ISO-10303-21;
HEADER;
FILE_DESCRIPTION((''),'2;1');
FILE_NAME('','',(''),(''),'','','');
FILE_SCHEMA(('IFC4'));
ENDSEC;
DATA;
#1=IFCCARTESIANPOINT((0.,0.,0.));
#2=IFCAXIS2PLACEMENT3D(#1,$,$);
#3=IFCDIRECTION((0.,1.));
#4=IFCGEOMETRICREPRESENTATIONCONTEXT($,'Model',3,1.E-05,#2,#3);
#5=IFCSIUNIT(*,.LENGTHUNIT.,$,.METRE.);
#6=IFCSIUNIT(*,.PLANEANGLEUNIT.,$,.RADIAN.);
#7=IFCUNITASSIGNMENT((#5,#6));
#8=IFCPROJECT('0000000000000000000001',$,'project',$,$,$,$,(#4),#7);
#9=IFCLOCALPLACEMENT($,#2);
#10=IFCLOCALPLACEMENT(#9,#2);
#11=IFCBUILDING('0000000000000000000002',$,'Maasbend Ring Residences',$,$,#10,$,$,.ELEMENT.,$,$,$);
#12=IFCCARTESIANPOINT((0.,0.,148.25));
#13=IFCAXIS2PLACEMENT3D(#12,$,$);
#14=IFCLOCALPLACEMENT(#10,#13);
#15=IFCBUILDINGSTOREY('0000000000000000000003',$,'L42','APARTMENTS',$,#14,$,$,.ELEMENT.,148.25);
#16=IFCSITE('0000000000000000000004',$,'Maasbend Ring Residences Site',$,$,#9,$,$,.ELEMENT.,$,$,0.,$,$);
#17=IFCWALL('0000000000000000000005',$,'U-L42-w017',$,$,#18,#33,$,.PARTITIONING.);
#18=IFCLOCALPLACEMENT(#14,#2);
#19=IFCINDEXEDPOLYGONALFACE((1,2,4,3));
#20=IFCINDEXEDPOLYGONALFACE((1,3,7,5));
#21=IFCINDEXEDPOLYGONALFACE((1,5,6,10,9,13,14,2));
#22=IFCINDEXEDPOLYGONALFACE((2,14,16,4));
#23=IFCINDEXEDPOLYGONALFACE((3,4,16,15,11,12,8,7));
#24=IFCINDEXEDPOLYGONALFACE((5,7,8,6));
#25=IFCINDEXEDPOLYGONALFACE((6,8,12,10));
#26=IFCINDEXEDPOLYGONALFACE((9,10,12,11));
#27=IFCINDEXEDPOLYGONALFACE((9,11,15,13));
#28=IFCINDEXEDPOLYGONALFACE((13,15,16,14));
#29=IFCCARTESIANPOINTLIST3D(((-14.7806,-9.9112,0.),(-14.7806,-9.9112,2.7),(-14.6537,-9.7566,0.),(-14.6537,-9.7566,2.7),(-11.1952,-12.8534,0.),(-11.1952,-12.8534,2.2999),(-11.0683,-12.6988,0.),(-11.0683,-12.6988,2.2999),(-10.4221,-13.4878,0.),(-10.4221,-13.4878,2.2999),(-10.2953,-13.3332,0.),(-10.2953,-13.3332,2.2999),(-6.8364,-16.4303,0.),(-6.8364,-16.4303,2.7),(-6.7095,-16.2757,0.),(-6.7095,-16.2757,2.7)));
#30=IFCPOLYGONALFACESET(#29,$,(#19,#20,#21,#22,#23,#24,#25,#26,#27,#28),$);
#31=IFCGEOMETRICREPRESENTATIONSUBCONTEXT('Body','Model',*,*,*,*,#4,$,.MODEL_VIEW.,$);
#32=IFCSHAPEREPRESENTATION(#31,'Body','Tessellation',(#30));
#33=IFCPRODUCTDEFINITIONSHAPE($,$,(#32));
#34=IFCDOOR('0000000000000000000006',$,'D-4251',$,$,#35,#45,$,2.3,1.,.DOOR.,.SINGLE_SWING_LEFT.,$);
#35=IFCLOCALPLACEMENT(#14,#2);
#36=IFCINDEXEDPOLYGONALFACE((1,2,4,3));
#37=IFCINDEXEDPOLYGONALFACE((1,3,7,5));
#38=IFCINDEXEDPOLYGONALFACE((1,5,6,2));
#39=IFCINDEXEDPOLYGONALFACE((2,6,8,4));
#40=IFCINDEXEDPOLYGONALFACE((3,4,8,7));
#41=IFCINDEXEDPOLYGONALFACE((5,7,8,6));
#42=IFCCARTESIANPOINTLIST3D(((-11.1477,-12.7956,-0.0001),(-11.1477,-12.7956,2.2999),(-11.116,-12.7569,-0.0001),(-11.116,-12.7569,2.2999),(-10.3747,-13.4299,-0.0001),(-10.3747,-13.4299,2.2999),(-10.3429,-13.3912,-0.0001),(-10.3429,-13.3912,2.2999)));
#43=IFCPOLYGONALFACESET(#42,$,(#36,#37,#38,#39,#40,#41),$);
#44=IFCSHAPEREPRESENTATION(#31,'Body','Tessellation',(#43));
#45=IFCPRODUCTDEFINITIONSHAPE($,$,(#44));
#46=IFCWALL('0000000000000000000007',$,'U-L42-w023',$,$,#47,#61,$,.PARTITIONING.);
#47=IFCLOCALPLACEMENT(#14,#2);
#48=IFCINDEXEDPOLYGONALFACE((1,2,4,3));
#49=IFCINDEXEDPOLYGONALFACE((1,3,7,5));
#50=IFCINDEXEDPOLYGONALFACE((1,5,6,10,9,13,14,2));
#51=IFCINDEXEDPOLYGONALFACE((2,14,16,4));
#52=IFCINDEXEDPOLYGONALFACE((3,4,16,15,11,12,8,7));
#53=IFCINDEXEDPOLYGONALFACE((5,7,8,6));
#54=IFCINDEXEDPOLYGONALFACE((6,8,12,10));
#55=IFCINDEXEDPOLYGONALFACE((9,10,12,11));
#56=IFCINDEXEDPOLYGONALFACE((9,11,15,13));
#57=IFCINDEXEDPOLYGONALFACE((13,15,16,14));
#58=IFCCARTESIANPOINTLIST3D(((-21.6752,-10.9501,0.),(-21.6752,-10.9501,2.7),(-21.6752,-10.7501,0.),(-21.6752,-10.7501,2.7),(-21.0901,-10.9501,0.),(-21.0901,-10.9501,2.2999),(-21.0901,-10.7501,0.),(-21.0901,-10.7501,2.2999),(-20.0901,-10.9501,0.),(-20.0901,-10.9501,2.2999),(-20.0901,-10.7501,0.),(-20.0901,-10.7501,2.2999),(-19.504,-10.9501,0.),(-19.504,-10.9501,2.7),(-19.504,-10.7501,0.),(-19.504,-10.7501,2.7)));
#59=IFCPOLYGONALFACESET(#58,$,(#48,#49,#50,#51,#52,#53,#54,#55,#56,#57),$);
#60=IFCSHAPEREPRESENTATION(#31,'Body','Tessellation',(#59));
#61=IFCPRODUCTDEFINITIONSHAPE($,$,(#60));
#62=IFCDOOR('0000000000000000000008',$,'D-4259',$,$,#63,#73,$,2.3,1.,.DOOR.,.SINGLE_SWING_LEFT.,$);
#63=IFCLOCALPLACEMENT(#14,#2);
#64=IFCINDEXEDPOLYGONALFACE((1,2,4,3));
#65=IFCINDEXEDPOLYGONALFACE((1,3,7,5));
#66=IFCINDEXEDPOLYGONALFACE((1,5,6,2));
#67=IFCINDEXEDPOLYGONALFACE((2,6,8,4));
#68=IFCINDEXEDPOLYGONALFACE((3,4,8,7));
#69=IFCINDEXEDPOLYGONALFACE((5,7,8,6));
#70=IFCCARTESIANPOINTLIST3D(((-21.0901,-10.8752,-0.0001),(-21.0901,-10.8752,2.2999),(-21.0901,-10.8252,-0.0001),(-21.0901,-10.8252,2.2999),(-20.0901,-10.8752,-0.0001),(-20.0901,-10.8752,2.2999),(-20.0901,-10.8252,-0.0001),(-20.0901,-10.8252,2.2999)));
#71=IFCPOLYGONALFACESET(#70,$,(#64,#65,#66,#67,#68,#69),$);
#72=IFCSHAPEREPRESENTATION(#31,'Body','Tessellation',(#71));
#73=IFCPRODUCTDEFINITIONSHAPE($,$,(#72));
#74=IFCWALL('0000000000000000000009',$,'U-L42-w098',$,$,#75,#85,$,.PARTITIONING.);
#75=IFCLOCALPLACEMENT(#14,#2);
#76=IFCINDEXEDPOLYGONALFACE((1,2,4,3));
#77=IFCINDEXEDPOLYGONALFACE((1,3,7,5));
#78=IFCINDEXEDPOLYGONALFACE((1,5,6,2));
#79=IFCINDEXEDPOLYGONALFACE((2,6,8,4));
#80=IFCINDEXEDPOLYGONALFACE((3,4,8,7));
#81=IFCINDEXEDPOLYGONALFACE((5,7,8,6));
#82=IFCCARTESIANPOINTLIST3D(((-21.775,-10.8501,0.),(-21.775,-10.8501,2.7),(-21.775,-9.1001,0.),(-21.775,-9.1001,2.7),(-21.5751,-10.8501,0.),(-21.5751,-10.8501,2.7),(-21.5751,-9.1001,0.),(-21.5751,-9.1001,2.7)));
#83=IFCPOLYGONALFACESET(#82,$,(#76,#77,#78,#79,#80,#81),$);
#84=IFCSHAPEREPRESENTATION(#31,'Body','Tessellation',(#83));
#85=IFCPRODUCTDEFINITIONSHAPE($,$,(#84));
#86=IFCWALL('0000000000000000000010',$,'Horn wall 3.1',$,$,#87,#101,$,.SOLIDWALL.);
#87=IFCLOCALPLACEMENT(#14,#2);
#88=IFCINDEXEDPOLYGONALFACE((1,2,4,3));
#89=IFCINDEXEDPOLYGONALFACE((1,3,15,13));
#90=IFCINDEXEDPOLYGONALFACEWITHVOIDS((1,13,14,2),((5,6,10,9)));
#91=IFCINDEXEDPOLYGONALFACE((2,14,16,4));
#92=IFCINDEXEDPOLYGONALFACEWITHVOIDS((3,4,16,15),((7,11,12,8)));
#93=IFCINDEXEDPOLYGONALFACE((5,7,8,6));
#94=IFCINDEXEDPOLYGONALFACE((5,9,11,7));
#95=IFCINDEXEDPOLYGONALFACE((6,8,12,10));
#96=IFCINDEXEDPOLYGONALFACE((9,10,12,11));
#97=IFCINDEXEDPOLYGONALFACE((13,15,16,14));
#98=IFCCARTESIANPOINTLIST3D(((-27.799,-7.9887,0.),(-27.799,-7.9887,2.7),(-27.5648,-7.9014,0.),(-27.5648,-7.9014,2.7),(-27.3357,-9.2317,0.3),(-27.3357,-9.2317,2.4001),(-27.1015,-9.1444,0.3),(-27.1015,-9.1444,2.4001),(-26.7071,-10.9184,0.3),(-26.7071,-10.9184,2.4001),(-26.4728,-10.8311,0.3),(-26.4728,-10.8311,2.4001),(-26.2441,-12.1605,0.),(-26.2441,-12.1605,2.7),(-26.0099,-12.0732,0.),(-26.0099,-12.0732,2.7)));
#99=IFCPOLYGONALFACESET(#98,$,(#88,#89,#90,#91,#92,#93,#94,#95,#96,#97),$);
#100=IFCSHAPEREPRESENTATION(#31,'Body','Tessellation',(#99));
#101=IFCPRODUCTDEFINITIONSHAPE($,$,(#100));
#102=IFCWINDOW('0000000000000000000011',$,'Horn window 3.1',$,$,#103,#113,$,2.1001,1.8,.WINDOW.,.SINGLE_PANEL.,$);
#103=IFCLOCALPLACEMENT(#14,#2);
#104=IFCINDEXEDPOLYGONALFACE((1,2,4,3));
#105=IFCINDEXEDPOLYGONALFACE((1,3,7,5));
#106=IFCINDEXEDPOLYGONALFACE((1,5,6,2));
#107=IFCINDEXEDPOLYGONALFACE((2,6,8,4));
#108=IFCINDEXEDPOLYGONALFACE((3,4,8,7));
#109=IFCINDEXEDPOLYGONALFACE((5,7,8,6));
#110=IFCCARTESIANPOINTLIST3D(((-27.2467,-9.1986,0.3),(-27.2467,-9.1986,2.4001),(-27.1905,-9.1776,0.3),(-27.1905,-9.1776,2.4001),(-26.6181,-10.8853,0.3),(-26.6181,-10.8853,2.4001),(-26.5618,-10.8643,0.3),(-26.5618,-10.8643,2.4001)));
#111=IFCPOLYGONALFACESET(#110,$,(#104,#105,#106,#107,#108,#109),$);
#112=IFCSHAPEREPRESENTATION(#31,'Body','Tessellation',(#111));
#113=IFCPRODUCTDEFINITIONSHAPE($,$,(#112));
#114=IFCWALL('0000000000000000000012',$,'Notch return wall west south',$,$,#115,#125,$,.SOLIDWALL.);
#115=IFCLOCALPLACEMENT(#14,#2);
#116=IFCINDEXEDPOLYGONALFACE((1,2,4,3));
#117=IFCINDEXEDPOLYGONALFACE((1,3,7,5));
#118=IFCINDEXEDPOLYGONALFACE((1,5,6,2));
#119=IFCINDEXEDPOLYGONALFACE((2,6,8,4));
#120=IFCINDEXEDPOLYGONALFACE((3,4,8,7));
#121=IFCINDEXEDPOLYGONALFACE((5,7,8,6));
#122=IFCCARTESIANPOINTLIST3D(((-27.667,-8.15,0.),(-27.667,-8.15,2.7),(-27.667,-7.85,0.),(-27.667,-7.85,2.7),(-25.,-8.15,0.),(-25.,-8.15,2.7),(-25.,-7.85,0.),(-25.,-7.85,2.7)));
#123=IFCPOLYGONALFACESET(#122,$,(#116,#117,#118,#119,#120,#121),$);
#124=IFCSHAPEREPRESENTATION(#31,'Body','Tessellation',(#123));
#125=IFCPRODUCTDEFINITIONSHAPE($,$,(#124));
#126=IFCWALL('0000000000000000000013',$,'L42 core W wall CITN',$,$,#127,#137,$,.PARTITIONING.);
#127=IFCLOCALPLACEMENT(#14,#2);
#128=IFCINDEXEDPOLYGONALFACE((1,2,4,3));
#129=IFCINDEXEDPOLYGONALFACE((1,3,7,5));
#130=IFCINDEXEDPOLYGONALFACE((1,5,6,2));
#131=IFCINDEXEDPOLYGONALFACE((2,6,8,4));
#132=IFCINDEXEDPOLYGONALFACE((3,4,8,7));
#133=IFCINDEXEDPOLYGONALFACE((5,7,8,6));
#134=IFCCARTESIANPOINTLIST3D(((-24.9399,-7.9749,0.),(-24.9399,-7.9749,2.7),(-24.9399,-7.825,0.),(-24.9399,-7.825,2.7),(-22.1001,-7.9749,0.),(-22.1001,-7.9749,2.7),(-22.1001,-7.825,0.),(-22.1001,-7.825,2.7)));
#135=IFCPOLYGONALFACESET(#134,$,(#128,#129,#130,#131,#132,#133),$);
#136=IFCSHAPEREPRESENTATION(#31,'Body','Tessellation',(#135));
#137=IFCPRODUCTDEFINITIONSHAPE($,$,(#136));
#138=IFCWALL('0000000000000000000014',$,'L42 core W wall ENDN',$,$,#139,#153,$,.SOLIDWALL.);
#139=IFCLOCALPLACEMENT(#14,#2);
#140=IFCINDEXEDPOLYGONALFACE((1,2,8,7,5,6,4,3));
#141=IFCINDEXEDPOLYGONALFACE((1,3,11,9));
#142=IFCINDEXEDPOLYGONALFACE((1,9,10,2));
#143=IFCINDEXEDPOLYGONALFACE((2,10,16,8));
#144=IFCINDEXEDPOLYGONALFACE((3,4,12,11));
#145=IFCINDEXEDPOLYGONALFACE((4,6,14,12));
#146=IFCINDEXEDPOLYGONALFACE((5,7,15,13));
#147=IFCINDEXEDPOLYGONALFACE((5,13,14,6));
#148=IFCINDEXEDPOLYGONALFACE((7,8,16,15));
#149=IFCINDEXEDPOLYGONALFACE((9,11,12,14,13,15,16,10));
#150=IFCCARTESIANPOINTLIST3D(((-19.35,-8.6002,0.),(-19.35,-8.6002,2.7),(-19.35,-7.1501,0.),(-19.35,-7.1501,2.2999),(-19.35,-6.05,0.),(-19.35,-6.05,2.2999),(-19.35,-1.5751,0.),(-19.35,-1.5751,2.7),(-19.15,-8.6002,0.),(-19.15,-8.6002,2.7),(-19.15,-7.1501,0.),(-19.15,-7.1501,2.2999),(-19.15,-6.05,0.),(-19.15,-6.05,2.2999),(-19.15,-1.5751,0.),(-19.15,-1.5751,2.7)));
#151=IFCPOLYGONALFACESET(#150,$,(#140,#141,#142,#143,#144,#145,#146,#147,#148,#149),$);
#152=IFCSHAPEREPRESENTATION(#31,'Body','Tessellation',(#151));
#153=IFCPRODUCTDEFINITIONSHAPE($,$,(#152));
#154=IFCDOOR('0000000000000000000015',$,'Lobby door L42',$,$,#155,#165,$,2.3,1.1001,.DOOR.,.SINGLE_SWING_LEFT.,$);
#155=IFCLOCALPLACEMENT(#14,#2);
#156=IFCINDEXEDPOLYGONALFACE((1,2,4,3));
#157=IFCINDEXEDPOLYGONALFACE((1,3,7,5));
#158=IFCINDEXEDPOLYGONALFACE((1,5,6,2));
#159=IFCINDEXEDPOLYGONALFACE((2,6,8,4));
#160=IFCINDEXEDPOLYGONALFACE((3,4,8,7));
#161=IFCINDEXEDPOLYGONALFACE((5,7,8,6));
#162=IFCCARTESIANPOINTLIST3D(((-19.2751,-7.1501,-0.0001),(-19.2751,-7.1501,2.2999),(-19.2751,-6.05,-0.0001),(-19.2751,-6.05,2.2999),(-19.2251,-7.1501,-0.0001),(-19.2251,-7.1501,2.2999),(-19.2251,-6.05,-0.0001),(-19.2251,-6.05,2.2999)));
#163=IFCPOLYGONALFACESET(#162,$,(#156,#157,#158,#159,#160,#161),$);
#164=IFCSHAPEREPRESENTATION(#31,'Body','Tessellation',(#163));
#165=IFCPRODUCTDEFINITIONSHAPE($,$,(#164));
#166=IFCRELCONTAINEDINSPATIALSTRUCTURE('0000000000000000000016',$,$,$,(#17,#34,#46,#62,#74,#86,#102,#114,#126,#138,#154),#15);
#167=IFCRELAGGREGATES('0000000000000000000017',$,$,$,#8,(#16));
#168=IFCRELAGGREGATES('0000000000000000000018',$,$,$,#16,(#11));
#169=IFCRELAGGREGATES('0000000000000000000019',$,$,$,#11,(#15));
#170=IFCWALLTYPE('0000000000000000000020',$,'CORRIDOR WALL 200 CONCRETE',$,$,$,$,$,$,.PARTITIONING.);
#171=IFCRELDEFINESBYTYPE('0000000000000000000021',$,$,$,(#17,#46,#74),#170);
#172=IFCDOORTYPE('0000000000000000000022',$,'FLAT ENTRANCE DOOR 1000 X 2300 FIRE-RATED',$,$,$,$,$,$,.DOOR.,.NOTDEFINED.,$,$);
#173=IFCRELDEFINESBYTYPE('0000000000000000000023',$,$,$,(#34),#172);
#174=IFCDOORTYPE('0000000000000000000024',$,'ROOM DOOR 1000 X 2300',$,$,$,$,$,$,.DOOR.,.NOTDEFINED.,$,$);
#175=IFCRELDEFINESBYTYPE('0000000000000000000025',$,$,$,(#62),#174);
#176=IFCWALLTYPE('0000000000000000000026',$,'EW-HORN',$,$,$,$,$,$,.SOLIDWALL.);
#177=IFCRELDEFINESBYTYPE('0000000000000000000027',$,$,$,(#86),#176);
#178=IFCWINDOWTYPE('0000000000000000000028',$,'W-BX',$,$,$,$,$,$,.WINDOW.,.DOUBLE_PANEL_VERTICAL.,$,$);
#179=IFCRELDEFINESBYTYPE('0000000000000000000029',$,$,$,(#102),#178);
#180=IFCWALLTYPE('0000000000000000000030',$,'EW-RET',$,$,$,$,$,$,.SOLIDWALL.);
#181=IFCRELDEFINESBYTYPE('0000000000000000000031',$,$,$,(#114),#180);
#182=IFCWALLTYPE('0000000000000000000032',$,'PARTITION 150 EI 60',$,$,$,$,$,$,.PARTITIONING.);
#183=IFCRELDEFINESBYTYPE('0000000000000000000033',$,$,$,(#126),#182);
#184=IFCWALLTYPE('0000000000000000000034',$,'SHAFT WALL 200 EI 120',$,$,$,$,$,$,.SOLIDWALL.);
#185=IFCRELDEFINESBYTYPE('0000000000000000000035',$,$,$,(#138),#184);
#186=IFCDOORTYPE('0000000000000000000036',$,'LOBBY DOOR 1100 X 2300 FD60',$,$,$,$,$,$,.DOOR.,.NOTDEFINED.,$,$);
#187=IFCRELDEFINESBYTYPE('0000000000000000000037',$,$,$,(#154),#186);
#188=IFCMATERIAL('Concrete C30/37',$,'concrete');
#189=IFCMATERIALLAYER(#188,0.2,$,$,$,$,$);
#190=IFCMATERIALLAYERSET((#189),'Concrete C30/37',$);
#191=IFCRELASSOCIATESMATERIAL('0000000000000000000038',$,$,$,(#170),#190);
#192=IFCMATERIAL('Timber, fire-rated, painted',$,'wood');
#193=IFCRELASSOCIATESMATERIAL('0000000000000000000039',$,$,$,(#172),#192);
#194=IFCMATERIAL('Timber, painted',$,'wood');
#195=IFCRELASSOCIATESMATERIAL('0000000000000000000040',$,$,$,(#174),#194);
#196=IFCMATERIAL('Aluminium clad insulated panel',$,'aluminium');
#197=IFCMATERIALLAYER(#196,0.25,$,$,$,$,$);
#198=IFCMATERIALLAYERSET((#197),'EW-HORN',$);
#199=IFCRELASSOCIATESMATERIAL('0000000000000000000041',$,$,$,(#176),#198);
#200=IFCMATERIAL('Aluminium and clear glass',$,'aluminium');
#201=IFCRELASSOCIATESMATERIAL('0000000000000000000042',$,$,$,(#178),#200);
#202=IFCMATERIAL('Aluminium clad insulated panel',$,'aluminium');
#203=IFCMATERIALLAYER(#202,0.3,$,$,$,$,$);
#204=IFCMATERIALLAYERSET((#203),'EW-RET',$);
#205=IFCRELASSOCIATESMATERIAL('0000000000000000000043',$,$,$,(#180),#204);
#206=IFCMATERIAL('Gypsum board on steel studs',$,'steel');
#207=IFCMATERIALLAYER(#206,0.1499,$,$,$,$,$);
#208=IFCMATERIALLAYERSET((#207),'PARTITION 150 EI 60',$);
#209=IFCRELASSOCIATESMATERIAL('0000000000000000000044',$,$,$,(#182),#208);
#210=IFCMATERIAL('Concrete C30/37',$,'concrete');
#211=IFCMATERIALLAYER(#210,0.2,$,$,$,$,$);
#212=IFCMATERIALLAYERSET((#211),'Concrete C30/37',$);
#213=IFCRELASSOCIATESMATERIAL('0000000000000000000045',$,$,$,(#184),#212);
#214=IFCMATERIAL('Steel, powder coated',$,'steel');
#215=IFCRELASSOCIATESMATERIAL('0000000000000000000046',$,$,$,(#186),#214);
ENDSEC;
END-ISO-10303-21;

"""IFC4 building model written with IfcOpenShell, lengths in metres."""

from ifc_helpers import new_model, si_unit, direction, frame, frame_2d, origin, place, context, subcontext, project, spatial, rectangle, extrude, material, layer, layer_set, type_object, element, fill, save


model = new_model("IFC4")

# Units and contexts
model_context = context("Model", 3, precision=1e-05, world=origin(), true_north=direction((0.0, 1.0)))
body_context = subcontext(model_context, "Body", "Model", "MODEL_VIEW")
ifc_project = project(units=[si_unit("LENGTHUNIT", "METRE"), si_unit("PLANEANGLEUNIT", "RADIAN")], contexts=[model_context])

# Site, building, storey
site_placement = place(None, origin())
site = spatial("IfcSite", under=ifc_project, at=site_placement, Name="Maasbend Ring Residences Site", CompositionType="ELEMENT", RefElevation=0.0)
building_placement = place(site_placement, origin())
building = spatial("IfcBuilding", under=site, at=building_placement, Name="Maasbend Ring Residences", CompositionType="ELEMENT")
storey_placement = place(building_placement, frame((0.0, 0.0, 148.25)))
storey = spatial("IfcBuildingStorey", under=building, at=storey_placement, Name="L42", Description="APARTMENTS", CompositionType="ELEMENT", Elevation=148.25)

# Walls, openings, doors
ifc_material_1 = material(Name="Concrete C30/37", Category="concrete")
ifc_layer_1 = layer(ifc_material_1, 0.2)
ifc_layer_set_1 = layer_set([ifc_layer_1], Name="Concrete C30/37")
wall_type_1 = type_object("IfcWallType", Name="CORRIDOR WALL 200 CONCRETE", PredefinedType="PARTITIONING", material=ifc_layer_set_1)
wall_1_placement = place(storey_placement, frame((-14.717, -9.834, 0.0), z_axis=(0.0, 0.0, 1.0), x_axis=(0.773035, -0.634364, 0.0)))
wall_1 = element("IfcWall", 1, at=wall_1_placement, inside=storey, type_object=wall_type_1, Name="U-L42-w017", PredefinedType="PARTITIONING", context=body_context, shape_type="SweptSolid", body=[
    extrude(rectangle(XDim=10.2766, YDim=0.2, at=frame_2d((5.1382, 0.0))), origin(), (0.0, 0.0, 1.0), 2.7),
])
opening_1_placement = place(wall_1_placement, frame((4.6379, 0.0, 0.0)))
opening_1 = element("IfcOpeningElement", 2, at=opening_1_placement, cuts=wall_1, PredefinedType="OPENING", context=body_context, shape_type="SweptSolid", body=[
    extrude(rectangle(XDim=1.0, YDim=2.3, at=frame_2d((0.5, 1.1499))), frame((0.0, 0.1099, 0.0), z_axis=(0.0, -1.0, 0.0), x_axis=(1.0, 0.0, 0.0)), (0.0, 0.0, 1.0), 0.22),
])
ifc_material_2 = material(Name="Timber, fire-rated, painted", Category="wood")
door_type_1 = type_object("IfcDoorType", Name="FLAT ENTRANCE DOOR 1000 X 2300 FIRE-RATED", OperationType="NOTDEFINED", PredefinedType="DOOR", material=ifc_material_2)
door_1_placement = place(opening_1_placement, origin())
door_1 = element("IfcDoor", 3, at=door_1_placement, inside=storey, type_object=door_type_1, Name="D-4251", OperationType="SINGLE_SWING_LEFT", OverallHeight=2.3, OverallWidth=1.0, PredefinedType="DOOR", context=body_context, shape_type="SweptSolid", body=[
    extrude(rectangle(XDim=1.0, YDim=2.3, at=frame_2d((0.5, 1.1499))), frame((0.0, 0.0249, 0.0), z_axis=(0.0, -1.0, 0.0), x_axis=(1.0, 0.0, 0.0)), (0.0, 0.0, 1.0), 0.05),
])
fill(opening_1, door_1)
wall_2_placement = place(storey_placement, frame((-21.675, -10.8501, 0.0), z_axis=(0.0, 0.0, 1.0), x_axis=(1.0, 0.0, 0.0)))
wall_2 = element("IfcWall", 4, at=wall_2_placement, inside=storey, type_object=wall_type_1, Name="U-L42-w023", PredefinedType="PARTITIONING", context=body_context, shape_type="SweptSolid", body=[
    extrude(rectangle(XDim=2.1711, YDim=0.2, at=frame_2d((1.0854, 0.0))), origin(), (0.0, 0.0, 1.0), 2.7),
])
opening_2_placement = place(wall_2_placement, frame((0.585, 0.0, 0.0)))
opening_2 = element("IfcOpeningElement", 5, at=opening_2_placement, cuts=wall_2, PredefinedType="OPENING", context=body_context, shape_type="SweptSolid", body=[
    extrude(rectangle(XDim=1.0, YDim=2.3, at=frame_2d((0.5, 1.1499))), frame((0.0, 0.1099, 0.0), z_axis=(0.0, -1.0, 0.0), x_axis=(1.0, 0.0, 0.0)), (0.0, 0.0, 1.0), 0.22),
])
ifc_material_3 = material(Name="Timber, painted", Category="wood")
door_type_2 = type_object("IfcDoorType", Name="ROOM DOOR 1000 X 2300", OperationType="NOTDEFINED", PredefinedType="DOOR", material=ifc_material_3)
door_2_placement = place(opening_2_placement, origin())
door_2 = element("IfcDoor", 6, at=door_2_placement, inside=storey, type_object=door_type_2, Name="D-4259", OperationType="SINGLE_SWING_LEFT", OverallHeight=2.3, OverallWidth=1.0, PredefinedType="DOOR", context=body_context, shape_type="SweptSolid", body=[
    extrude(rectangle(XDim=1.0, YDim=2.3, at=frame_2d((0.5, 1.1499))), frame((0.0, 0.0249, 0.0), z_axis=(0.0, -1.0, 0.0), x_axis=(1.0, 0.0, 0.0)), (0.0, 0.0, 1.0), 0.05),
])
fill(opening_2, door_2)

# Wall
wall_3_placement = place(storey_placement, frame((-21.675, -10.8501, 0.0), z_axis=(0.0, 0.0, 1.0), x_axis=(0.0, 1.0, 0.0)))
element("IfcWall", 7, at=wall_3_placement, inside=storey, type_object=wall_type_1, Name="U-L42-w098", PredefinedType="PARTITIONING", context=body_context, shape_type="SweptSolid", body=[
    extrude(rectangle(XDim=1.75, YDim=0.2, at=frame_2d((0.875, 0.0))), origin(), (0.0, 0.0, 1.0), 2.7),
])

# Wall, opening, window
ifc_material_4 = material(Name="Aluminium clad insulated panel", Category="aluminium")
ifc_layer_2 = layer(ifc_material_4, 0.25)
ifc_layer_set_2 = layer_set([ifc_layer_2], Name="EW-HORN")
wall_type_2 = type_object("IfcWallType", Name="EW-HORN", PredefinedType="SOLIDWALL", material=ifc_layer_set_2)
wall_4_placement = place(storey_placement, frame((-27.6819, -7.9451, 0.0), z_axis=(0.0, 0.0, 1.0), x_axis=(0.349248, -0.93703, 0.0)))
wall_4 = element("IfcWall", 8, at=wall_4_placement, inside=storey, type_object=wall_type_2, Name="Horn wall 3.1", PredefinedType="SOLIDWALL", context=body_context, shape_type="SweptSolid", body=[
    extrude(rectangle(XDim=4.4521, YDim=0.25, at=frame_2d((2.2261, 0.0))), origin(), (0.0, 0.0, 1.0), 2.7),
])
opening_3_placement = place(wall_4_placement, frame((1.3267, 0.0, 0.3)))
opening_3 = element("IfcOpeningElement", 9, at=opening_3_placement, cuts=wall_4, PredefinedType="OPENING", context=body_context, shape_type="SweptSolid", body=[
    extrude(rectangle(XDim=1.8, YDim=2.1001, at=frame_2d((0.8999, 1.05))), frame((0.0, 0.135, 0.0), z_axis=(0.0, -1.0, 0.0), x_axis=(1.0, 0.0, 0.0)), (0.0, 0.0, 1.0), 0.27),
])
ifc_material_5 = material(Name="Aluminium and clear glass", Category="aluminium")
window_type = type_object("IfcWindowType", Name="W-BX", PartitioningType="DOUBLE_PANEL_VERTICAL", PredefinedType="WINDOW", material=ifc_material_5)
window_placement = place(opening_3_placement, origin())
window = element("IfcWindow", 10, at=window_placement, inside=storey, type_object=window_type, Name="Horn window 3.1", OverallHeight=2.1001, OverallWidth=1.8, PartitioningType="SINGLE_PANEL", PredefinedType="WINDOW", context=body_context, shape_type="SweptSolid", body=[
    extrude(rectangle(XDim=1.8, YDim=2.1001, at=frame_2d((0.8999, 1.05))), frame((0.0, 0.03, 0.0), z_axis=(0.0, -1.0, 0.0), x_axis=(1.0, 0.0, 0.0)), (0.0, 0.0, 1.0), 0.0601),
])
fill(opening_3, window)

# Walls
ifc_material_6 = material(Name="Aluminium clad insulated panel", Category="aluminium")
ifc_layer_3 = layer(ifc_material_6, 0.3)
ifc_layer_set_3 = layer_set([ifc_layer_3], Name="EW-RET")
wall_type_3 = type_object("IfcWallType", Name="EW-RET", PredefinedType="SOLIDWALL", material=ifc_layer_set_3)
wall_5_placement = place(storey_placement, frame((-25.0, -8.0, 0.0), z_axis=(0.0, 0.0, 1.0), x_axis=(-1.0, 0.0, 0.0)))
element("IfcWall", 11, at=wall_5_placement, inside=storey, type_object=wall_type_3, Name="Notch return wall west south", PredefinedType="SOLIDWALL", context=body_context, shape_type="SweptSolid", body=[
    extrude(rectangle(XDim=2.667, YDim=0.3, at=frame_2d((1.3335, 0.0))), origin(), (0.0, 0.0, 1.0), 2.7),
])
ifc_material_7 = material(Name="Gypsum board on steel studs", Category="steel")
ifc_layer_4 = layer(ifc_material_7, 0.1499)
ifc_layer_set_4 = layer_set([ifc_layer_4], Name="PARTITION 150 EI 60")
wall_type_4 = type_object("IfcWallType", Name="PARTITION 150 EI 60", PredefinedType="PARTITIONING", material=ifc_layer_set_4)
wall_6_placement = place(storey_placement, frame((-22.1001, -7.8999, 0.0), z_axis=(0.0, 0.0, 1.0), x_axis=(-1.0, 0.0, 0.0)))
element("IfcWall", 12, at=wall_6_placement, inside=storey, type_object=wall_type_4, Name="L42 core W wall CITN", PredefinedType="PARTITIONING", context=body_context, shape_type="SweptSolid", body=[
    extrude(rectangle(XDim=2.8398, YDim=0.1499, at=frame_2d((1.4199, 0.0))), origin(), (0.0, 0.0, 1.0), 2.7),
])

# Wall, opening, door
ifc_material_8 = material(Name="Concrete C30/37", Category="concrete")
ifc_layer_5 = layer(ifc_material_8, 0.2)
ifc_layer_set_5 = layer_set([ifc_layer_5], Name="Concrete C30/37")
wall_type_5 = type_object("IfcWallType", Name="SHAFT WALL 200 EI 120", PredefinedType="SOLIDWALL", material=ifc_layer_set_5)
wall_7_placement = place(storey_placement, frame((-19.25, -1.575, 0.0), z_axis=(0.0, 0.0, 1.0), x_axis=(0.0, -1.0, 0.0)))
wall_7 = element("IfcWall", 13, at=wall_7_placement, inside=storey, type_object=wall_type_5, Name="L42 core W wall ENDN", PredefinedType="SOLIDWALL", context=body_context, shape_type="SweptSolid", body=[
    extrude(rectangle(XDim=7.0251, YDim=0.2, at=frame_2d((3.5127, 0.0))), origin(), (0.0, 0.0, 1.0), 2.7),
])
opening_4_placement = place(wall_7_placement, frame((4.4751, 0.0, 0.0)))
opening_4 = element("IfcOpeningElement", 14, at=opening_4_placement, cuts=wall_7, PredefinedType="OPENING", context=body_context, shape_type="SweptSolid", body=[
    extrude(rectangle(XDim=1.1001, YDim=2.3, at=frame_2d((0.55, 1.1499))), frame((0.0, 0.1099, 0.0), z_axis=(0.0, -1.0, 0.0), x_axis=(1.0, 0.0, 0.0)), (0.0, 0.0, 1.0), 0.22),
])
ifc_material_9 = material(Name="Steel, powder coated", Category="steel")
door_type_3 = type_object("IfcDoorType", Name="LOBBY DOOR 1100 X 2300 FD60", OperationType="NOTDEFINED", PredefinedType="DOOR", material=ifc_material_9)
door_3_placement = place(opening_4_placement, origin())
door_3 = element("IfcDoor", 15, at=door_3_placement, inside=storey, type_object=door_type_3, Name="Lobby door L42", OperationType="SINGLE_SWING_LEFT", OverallHeight=2.3, OverallWidth=1.1001, PredefinedType="DOOR", context=body_context, shape_type="SweptSolid", body=[
    extrude(rectangle(XDim=1.1001, YDim=2.3, at=frame_2d((0.55, 1.1499))), frame((0.0, 0.0249, 0.0), z_axis=(0.0, -1.0, 0.0), x_axis=(1.0, 0.0, 0.0)), (0.0, 0.0, 1.0), 0.05),
])
fill(opening_4, door_3)

save(model, "model.ifc")
